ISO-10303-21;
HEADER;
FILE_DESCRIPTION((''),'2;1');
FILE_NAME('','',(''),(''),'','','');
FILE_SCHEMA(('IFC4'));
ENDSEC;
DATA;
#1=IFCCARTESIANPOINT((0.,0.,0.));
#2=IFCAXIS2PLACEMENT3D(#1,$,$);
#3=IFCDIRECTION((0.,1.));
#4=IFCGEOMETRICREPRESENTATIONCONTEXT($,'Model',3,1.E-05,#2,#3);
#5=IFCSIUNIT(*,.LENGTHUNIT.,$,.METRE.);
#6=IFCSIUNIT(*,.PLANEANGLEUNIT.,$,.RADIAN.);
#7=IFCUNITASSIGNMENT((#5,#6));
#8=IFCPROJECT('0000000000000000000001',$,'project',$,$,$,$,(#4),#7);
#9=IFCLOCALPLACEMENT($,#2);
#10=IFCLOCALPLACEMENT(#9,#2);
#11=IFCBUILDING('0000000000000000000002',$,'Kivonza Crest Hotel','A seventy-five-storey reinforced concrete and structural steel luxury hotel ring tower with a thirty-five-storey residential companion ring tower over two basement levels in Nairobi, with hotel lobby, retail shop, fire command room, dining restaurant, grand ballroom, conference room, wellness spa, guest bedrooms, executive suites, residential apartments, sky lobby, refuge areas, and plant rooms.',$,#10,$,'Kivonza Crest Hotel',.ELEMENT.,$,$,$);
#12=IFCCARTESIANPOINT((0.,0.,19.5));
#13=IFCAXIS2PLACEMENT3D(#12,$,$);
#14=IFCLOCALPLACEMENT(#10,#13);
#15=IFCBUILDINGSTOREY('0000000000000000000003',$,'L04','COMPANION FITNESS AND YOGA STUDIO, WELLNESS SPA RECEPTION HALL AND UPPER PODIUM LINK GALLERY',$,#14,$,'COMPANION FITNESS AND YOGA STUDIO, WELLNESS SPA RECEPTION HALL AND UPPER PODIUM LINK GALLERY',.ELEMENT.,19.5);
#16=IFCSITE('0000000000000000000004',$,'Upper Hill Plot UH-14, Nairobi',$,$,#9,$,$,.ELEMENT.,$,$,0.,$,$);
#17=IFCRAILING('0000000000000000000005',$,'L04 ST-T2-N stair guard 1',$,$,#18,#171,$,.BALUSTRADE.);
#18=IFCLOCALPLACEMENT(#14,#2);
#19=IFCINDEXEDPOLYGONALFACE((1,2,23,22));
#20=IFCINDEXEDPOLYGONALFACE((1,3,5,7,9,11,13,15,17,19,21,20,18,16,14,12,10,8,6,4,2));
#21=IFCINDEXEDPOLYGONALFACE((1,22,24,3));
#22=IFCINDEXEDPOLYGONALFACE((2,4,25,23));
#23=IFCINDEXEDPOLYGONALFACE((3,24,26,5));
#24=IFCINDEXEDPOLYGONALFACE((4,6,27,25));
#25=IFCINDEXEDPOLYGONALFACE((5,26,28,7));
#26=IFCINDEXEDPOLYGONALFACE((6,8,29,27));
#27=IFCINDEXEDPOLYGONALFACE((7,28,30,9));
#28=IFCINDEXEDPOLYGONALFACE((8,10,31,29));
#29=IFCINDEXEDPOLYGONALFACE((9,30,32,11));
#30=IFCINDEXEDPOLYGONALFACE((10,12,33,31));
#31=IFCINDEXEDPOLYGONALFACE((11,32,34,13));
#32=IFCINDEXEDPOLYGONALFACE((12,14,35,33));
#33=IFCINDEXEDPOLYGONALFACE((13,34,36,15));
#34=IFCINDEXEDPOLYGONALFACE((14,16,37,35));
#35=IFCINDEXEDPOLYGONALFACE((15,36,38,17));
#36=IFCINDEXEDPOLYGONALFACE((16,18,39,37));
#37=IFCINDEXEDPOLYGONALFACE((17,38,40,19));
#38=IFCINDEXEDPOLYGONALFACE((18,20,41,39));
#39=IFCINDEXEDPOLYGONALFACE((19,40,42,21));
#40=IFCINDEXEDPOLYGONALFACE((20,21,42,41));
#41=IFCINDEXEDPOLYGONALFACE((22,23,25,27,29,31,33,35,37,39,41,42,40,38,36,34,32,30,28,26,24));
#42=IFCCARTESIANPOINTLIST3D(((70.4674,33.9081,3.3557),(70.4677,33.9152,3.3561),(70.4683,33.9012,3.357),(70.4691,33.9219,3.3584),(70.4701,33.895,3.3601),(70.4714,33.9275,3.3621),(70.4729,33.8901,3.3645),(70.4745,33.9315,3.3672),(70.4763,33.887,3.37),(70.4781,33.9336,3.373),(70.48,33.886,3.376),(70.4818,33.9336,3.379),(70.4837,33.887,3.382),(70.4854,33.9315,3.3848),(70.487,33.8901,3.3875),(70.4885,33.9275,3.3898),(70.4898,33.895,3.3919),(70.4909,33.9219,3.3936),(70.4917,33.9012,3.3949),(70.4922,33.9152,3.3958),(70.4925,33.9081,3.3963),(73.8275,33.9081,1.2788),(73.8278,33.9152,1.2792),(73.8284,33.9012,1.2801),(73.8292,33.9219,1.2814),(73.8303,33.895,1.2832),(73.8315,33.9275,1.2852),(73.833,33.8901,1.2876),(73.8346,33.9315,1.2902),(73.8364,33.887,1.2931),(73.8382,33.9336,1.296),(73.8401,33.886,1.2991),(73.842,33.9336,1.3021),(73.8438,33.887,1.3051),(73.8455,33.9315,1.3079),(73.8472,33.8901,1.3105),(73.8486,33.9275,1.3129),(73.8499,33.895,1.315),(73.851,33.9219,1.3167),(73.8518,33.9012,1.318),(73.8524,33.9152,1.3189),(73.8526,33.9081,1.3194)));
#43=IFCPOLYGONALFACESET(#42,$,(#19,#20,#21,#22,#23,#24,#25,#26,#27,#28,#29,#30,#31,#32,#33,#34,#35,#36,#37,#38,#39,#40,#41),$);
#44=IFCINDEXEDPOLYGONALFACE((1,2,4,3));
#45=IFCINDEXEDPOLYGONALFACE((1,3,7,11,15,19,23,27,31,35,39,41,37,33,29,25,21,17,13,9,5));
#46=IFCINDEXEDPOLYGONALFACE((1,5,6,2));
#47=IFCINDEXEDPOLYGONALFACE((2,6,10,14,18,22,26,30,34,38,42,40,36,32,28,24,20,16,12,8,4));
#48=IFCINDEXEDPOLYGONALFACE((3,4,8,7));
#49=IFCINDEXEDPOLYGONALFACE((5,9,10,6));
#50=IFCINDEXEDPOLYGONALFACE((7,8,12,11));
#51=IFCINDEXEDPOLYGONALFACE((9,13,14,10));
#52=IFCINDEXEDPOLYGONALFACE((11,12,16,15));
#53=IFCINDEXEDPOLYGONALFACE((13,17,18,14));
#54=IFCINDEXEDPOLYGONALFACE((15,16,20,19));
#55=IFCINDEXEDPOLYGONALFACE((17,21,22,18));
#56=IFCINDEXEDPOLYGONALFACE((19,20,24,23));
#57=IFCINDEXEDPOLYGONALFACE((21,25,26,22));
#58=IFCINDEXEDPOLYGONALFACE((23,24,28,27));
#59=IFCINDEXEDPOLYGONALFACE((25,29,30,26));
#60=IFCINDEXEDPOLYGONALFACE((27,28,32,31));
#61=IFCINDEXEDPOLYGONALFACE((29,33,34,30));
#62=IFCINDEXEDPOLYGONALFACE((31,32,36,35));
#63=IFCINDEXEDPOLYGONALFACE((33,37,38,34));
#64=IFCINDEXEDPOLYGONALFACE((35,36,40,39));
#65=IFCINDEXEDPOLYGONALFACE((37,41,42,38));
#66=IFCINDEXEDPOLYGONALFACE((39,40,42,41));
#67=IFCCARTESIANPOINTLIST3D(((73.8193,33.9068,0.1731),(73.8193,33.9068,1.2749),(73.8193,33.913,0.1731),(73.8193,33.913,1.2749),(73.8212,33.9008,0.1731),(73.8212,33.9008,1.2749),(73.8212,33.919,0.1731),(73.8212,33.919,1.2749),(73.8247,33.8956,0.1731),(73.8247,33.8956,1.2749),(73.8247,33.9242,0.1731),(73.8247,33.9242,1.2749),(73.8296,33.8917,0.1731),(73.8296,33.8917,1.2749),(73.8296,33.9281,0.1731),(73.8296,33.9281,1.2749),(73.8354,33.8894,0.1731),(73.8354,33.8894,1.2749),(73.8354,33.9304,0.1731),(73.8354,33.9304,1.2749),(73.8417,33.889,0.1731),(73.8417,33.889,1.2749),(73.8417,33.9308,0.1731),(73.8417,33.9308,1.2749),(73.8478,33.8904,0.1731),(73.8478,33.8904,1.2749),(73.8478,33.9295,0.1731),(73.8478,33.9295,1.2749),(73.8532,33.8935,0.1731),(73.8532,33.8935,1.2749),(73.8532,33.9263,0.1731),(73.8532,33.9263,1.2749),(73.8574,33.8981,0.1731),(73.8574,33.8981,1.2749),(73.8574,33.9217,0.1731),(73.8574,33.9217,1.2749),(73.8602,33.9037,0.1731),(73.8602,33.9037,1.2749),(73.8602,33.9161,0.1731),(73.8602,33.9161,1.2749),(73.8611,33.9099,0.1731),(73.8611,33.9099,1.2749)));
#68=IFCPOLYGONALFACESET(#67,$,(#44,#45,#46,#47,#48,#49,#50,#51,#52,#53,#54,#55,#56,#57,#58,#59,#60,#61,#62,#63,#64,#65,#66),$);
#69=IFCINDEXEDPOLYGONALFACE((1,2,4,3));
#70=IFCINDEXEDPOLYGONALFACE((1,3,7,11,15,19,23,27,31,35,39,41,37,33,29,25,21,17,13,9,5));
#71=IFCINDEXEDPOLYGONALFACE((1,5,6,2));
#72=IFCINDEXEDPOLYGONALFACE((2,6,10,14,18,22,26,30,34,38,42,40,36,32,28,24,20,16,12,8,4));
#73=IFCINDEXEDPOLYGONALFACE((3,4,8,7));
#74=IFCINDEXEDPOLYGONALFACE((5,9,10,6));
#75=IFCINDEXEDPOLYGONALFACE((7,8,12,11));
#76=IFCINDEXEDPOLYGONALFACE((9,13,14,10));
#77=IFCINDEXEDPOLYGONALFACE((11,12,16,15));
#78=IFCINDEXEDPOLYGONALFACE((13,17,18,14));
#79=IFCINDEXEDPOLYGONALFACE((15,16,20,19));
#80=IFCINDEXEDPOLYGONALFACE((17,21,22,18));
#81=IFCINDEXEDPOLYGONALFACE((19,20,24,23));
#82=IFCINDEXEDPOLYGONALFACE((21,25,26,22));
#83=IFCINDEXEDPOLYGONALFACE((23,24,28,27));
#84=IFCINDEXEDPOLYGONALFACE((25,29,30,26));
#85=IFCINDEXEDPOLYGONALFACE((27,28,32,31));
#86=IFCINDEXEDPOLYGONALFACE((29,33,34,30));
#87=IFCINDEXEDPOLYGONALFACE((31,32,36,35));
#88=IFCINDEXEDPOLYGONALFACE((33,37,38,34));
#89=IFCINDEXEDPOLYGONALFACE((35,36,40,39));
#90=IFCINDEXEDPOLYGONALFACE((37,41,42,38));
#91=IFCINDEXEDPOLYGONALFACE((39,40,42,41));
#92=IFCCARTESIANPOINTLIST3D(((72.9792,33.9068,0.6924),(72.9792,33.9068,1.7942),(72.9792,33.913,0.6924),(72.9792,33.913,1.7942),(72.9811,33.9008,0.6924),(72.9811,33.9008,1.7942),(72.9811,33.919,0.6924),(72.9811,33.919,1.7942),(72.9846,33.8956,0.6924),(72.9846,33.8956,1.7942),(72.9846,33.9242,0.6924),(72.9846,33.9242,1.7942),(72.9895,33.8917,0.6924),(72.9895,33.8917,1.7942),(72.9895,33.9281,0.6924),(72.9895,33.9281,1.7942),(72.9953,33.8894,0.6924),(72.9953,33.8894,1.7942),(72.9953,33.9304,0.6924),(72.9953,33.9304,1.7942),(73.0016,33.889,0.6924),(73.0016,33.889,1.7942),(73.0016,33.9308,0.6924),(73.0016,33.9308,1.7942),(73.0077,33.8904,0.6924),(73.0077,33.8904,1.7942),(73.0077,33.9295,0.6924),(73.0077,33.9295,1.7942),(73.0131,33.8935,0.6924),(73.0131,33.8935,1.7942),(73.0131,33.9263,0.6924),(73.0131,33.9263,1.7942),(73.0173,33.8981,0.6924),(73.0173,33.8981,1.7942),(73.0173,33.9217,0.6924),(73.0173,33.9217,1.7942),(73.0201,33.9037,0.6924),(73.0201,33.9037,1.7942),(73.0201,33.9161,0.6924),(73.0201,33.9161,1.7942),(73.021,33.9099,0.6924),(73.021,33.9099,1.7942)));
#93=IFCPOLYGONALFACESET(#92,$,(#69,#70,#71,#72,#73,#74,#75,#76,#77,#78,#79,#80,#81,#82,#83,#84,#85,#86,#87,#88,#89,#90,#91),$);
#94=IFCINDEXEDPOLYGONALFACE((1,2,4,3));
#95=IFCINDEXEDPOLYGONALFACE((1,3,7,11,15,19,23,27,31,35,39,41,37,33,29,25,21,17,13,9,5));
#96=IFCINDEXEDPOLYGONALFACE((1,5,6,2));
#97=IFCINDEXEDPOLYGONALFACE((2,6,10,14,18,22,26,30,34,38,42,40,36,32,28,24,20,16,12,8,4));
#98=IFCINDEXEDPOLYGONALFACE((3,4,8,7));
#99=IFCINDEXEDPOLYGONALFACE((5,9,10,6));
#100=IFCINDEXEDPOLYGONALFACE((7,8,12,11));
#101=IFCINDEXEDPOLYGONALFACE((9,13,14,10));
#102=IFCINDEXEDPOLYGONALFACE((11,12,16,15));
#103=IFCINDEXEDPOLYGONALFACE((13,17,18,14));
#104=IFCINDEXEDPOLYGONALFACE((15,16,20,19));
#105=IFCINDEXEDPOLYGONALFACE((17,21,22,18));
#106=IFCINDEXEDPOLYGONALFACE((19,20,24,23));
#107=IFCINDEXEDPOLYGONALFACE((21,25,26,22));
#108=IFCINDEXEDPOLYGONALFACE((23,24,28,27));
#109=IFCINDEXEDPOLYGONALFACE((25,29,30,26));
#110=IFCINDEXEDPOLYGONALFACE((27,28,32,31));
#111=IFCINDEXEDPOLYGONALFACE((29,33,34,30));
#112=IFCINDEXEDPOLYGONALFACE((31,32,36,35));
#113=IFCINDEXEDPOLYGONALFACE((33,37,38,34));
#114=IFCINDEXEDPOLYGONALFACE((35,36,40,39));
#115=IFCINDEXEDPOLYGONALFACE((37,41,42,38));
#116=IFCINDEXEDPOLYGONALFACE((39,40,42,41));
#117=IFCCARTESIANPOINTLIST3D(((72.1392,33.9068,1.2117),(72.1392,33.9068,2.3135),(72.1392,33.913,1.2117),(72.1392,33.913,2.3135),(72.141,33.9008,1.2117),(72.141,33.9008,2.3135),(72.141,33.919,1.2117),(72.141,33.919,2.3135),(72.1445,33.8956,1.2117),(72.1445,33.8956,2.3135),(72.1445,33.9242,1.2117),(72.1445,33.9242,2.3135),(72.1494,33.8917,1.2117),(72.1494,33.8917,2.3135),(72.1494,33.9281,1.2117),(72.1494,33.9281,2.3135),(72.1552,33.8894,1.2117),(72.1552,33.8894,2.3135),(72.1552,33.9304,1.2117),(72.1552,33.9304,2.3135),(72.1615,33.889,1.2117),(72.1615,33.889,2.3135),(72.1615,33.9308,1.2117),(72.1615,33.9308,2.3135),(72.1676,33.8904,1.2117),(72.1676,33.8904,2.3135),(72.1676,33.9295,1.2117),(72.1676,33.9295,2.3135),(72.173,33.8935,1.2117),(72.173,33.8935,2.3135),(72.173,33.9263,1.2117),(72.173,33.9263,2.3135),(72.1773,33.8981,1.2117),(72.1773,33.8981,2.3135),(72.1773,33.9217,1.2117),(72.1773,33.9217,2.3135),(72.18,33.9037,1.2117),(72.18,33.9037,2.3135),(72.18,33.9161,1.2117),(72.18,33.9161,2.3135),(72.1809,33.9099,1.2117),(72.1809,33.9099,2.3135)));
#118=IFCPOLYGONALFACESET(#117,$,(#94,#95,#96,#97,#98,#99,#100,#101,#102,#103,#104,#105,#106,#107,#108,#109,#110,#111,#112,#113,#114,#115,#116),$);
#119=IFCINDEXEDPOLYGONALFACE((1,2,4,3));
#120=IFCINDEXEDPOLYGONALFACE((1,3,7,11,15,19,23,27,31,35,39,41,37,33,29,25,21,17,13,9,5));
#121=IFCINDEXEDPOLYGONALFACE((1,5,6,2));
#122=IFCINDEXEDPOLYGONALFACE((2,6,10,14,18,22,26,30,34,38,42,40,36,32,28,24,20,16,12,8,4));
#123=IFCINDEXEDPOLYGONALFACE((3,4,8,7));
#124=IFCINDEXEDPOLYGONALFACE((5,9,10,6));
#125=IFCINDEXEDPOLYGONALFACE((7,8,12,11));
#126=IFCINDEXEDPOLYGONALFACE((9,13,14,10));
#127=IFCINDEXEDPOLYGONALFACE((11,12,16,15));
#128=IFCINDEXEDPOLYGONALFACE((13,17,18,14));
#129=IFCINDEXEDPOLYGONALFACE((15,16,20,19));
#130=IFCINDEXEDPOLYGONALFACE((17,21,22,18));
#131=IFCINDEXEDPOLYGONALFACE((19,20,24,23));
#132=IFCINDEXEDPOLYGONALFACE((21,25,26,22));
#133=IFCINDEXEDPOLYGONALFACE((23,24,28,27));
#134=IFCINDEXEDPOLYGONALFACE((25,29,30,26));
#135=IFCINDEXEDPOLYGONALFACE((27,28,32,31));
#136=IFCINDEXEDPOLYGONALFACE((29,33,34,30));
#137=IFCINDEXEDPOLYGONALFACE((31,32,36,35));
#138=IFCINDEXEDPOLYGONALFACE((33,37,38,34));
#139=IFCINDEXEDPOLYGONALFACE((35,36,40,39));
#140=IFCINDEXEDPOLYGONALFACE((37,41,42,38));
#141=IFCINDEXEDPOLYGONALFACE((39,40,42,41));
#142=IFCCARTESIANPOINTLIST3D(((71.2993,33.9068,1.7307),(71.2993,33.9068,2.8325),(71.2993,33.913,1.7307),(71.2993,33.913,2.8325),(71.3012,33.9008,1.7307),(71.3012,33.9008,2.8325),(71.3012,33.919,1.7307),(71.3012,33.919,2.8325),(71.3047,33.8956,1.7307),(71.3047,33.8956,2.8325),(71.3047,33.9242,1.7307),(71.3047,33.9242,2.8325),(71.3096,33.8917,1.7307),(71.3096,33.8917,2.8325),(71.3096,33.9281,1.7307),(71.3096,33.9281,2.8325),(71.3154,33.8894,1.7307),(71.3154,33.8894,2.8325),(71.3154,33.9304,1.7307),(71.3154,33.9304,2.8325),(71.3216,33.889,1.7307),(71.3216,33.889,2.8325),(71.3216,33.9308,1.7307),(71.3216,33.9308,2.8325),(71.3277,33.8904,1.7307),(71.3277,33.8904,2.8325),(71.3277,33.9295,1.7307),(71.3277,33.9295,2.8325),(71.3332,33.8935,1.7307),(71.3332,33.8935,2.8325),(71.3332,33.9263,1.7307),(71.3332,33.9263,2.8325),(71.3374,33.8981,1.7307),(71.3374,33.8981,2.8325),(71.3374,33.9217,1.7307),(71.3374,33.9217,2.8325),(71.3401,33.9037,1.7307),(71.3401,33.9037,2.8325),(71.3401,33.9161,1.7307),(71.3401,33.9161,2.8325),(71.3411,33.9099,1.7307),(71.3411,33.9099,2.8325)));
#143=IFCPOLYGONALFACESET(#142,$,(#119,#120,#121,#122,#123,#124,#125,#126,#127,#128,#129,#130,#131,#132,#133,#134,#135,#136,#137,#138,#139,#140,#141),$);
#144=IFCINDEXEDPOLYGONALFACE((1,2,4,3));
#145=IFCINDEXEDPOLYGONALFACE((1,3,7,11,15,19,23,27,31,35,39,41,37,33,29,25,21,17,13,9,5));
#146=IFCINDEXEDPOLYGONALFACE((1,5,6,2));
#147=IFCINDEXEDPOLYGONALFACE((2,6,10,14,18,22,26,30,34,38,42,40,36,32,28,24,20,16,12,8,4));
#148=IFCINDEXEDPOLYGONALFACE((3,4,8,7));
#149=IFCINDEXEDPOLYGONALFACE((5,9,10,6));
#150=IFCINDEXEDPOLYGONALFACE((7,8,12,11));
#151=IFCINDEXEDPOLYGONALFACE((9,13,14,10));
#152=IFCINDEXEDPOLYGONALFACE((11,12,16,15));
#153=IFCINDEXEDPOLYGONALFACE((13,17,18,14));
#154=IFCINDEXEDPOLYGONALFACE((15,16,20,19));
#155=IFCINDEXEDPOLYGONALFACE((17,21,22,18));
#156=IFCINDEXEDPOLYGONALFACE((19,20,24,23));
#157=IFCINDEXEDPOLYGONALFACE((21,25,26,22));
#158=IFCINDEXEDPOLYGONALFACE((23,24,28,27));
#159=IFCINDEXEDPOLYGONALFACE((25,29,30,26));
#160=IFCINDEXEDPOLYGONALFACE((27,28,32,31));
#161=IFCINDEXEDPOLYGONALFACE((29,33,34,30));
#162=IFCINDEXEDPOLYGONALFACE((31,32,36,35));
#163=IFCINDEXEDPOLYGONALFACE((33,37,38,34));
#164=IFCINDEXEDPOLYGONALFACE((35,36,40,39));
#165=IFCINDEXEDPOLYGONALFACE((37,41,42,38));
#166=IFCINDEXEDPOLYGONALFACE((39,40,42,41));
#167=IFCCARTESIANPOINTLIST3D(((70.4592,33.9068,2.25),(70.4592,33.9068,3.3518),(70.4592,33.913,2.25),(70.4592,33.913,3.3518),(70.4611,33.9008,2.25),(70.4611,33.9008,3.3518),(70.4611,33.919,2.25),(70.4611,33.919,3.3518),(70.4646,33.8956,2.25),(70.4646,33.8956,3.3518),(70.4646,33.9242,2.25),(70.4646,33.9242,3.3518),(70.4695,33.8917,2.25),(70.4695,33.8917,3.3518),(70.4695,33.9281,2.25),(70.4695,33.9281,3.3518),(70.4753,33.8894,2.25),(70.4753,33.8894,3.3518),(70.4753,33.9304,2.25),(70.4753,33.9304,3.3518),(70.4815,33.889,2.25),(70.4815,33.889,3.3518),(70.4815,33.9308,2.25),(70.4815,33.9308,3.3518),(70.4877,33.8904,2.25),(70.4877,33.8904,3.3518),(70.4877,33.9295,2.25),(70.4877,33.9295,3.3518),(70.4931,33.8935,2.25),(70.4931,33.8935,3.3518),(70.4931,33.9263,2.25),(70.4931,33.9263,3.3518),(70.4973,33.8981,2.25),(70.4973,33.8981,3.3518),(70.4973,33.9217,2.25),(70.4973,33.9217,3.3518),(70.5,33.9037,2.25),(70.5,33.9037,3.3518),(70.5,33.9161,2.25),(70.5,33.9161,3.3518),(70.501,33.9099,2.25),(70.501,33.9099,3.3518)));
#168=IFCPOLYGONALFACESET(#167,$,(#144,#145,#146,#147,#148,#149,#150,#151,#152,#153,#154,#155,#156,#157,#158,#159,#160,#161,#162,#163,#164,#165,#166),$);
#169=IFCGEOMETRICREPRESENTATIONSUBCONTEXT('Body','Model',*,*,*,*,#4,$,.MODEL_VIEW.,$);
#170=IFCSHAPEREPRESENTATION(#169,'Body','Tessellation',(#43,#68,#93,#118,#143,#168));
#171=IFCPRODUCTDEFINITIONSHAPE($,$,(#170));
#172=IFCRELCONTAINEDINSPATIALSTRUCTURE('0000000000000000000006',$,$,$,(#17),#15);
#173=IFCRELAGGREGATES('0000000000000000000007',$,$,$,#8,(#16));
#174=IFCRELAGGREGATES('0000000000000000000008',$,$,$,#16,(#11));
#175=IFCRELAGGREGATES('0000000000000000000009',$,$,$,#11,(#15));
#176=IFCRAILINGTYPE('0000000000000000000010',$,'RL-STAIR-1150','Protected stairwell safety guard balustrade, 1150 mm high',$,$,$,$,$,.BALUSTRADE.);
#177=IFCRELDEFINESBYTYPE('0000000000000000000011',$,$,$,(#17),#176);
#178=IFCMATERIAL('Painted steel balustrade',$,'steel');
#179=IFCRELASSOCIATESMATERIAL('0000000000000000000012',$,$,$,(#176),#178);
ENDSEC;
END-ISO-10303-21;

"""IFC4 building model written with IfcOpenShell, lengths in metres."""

from ifc_helpers import new_model, si_unit, direction, frame, origin, origin_2d, place, context, subcontext, project, spatial, circle, extrude, material, type_object, element, save


model = new_model("IFC4")

# Units and contexts
model_context = context("Model", 3, precision=1e-05, world=origin(), true_north=direction((0.0, 1.0)))
body_context = subcontext(model_context, "Body", "Model", "MODEL_VIEW")
ifc_project = project(units=[si_unit("LENGTHUNIT", "METRE"), si_unit("PLANEANGLEUNIT", "RADIAN")], contexts=[model_context])

# Site, building, storey
site_placement = place(None, origin())
site = spatial("IfcSite", under=ifc_project, at=site_placement, Name="Upper Hill Plot UH-14, Nairobi", CompositionType="ELEMENT", RefElevation=0.0)
building_placement = place(site_placement, origin())
building = spatial("IfcBuilding", under=site, at=building_placement, Name="Kivonza Crest Hotel", Description="A seventy-five-storey reinforced concrete and structural steel luxury hotel ring tower with a thirty-five-storey residential companion ring tower over two basement levels in Nairobi, with hotel lobby, retail shop, fire command room, dining restaurant, grand ballroom, conference room, wellness spa, guest bedrooms, executive suites, residential apartments, sky lobby, refuge areas, and plant rooms.", LongName="Kivonza Crest Hotel", CompositionType="ELEMENT")
storey_placement = place(building_placement, frame((0.0, 0.0, 19.5)))
storey = spatial("IfcBuildingStorey", under=building, at=storey_placement, Name="L04", Description="COMPANION FITNESS AND YOGA STUDIO, WELLNESS SPA RECEPTION HALL AND UPPER PODIUM LINK GALLERY", LongName="COMPANION FITNESS AND YOGA STUDIO, WELLNESS SPA RECEPTION HALL AND UPPER PODIUM LINK GALLERY", CompositionType="ELEMENT", Elevation=19.5)

# Railing
ifc_material_1 = material(Name="Painted steel balustrade", Category="steel")
railing_type_1 = type_object("IfcRailingType", Name="RL-STAIR-1150", Description="Protected stairwell safety guard balustrade, 1150 mm high", PredefinedType="BALUSTRADE", material=ifc_material_1)
railing_1_placement = place(storey_placement, frame((73.8401, 33.9099, 0.1731)))
element("IfcRailing", 1, at=railing_1_placement, inside=storey, type_object=railing_type_1, Name="L04 ST-T2-N stair guard 1", PredefinedType="BALUSTRADE", context=body_context, shape_type="SweptSolid", body=[
    extrude(circle(Radius=0.0239, at=origin_2d()), frame((0.0, 0.0, 1.126), z_axis=(-0.850623, 0.0, 0.525776), x_axis=(0.0, -1.0, 0.0)), (0.0, 0.0, 1.0), 3.9502),
    extrude(circle(Radius=0.021, at=origin_2d()), origin(), (0.0, 0.0, 1.0), 1.1018),
    extrude(circle(Radius=0.021, at=origin_2d()), frame((-0.8401, 0.0, 0.5193)), (0.0, 0.0, 1.0), 1.1018),
    extrude(circle(Radius=0.021, at=origin_2d()), frame((-1.6802, 0.0, 1.0386)), (0.0, 0.0, 1.0), 1.1018),
    extrude(circle(Radius=0.021, at=origin_2d()), frame((-2.52, 0.0, 1.5576)), (0.0, 0.0, 1.0), 1.1018),
    extrude(circle(Radius=0.021, at=origin_2d()), frame((-3.3601, 0.0, 2.0769)), (0.0, 0.0, 1.0), 1.1018),
])

save(model, "model.ifc")
